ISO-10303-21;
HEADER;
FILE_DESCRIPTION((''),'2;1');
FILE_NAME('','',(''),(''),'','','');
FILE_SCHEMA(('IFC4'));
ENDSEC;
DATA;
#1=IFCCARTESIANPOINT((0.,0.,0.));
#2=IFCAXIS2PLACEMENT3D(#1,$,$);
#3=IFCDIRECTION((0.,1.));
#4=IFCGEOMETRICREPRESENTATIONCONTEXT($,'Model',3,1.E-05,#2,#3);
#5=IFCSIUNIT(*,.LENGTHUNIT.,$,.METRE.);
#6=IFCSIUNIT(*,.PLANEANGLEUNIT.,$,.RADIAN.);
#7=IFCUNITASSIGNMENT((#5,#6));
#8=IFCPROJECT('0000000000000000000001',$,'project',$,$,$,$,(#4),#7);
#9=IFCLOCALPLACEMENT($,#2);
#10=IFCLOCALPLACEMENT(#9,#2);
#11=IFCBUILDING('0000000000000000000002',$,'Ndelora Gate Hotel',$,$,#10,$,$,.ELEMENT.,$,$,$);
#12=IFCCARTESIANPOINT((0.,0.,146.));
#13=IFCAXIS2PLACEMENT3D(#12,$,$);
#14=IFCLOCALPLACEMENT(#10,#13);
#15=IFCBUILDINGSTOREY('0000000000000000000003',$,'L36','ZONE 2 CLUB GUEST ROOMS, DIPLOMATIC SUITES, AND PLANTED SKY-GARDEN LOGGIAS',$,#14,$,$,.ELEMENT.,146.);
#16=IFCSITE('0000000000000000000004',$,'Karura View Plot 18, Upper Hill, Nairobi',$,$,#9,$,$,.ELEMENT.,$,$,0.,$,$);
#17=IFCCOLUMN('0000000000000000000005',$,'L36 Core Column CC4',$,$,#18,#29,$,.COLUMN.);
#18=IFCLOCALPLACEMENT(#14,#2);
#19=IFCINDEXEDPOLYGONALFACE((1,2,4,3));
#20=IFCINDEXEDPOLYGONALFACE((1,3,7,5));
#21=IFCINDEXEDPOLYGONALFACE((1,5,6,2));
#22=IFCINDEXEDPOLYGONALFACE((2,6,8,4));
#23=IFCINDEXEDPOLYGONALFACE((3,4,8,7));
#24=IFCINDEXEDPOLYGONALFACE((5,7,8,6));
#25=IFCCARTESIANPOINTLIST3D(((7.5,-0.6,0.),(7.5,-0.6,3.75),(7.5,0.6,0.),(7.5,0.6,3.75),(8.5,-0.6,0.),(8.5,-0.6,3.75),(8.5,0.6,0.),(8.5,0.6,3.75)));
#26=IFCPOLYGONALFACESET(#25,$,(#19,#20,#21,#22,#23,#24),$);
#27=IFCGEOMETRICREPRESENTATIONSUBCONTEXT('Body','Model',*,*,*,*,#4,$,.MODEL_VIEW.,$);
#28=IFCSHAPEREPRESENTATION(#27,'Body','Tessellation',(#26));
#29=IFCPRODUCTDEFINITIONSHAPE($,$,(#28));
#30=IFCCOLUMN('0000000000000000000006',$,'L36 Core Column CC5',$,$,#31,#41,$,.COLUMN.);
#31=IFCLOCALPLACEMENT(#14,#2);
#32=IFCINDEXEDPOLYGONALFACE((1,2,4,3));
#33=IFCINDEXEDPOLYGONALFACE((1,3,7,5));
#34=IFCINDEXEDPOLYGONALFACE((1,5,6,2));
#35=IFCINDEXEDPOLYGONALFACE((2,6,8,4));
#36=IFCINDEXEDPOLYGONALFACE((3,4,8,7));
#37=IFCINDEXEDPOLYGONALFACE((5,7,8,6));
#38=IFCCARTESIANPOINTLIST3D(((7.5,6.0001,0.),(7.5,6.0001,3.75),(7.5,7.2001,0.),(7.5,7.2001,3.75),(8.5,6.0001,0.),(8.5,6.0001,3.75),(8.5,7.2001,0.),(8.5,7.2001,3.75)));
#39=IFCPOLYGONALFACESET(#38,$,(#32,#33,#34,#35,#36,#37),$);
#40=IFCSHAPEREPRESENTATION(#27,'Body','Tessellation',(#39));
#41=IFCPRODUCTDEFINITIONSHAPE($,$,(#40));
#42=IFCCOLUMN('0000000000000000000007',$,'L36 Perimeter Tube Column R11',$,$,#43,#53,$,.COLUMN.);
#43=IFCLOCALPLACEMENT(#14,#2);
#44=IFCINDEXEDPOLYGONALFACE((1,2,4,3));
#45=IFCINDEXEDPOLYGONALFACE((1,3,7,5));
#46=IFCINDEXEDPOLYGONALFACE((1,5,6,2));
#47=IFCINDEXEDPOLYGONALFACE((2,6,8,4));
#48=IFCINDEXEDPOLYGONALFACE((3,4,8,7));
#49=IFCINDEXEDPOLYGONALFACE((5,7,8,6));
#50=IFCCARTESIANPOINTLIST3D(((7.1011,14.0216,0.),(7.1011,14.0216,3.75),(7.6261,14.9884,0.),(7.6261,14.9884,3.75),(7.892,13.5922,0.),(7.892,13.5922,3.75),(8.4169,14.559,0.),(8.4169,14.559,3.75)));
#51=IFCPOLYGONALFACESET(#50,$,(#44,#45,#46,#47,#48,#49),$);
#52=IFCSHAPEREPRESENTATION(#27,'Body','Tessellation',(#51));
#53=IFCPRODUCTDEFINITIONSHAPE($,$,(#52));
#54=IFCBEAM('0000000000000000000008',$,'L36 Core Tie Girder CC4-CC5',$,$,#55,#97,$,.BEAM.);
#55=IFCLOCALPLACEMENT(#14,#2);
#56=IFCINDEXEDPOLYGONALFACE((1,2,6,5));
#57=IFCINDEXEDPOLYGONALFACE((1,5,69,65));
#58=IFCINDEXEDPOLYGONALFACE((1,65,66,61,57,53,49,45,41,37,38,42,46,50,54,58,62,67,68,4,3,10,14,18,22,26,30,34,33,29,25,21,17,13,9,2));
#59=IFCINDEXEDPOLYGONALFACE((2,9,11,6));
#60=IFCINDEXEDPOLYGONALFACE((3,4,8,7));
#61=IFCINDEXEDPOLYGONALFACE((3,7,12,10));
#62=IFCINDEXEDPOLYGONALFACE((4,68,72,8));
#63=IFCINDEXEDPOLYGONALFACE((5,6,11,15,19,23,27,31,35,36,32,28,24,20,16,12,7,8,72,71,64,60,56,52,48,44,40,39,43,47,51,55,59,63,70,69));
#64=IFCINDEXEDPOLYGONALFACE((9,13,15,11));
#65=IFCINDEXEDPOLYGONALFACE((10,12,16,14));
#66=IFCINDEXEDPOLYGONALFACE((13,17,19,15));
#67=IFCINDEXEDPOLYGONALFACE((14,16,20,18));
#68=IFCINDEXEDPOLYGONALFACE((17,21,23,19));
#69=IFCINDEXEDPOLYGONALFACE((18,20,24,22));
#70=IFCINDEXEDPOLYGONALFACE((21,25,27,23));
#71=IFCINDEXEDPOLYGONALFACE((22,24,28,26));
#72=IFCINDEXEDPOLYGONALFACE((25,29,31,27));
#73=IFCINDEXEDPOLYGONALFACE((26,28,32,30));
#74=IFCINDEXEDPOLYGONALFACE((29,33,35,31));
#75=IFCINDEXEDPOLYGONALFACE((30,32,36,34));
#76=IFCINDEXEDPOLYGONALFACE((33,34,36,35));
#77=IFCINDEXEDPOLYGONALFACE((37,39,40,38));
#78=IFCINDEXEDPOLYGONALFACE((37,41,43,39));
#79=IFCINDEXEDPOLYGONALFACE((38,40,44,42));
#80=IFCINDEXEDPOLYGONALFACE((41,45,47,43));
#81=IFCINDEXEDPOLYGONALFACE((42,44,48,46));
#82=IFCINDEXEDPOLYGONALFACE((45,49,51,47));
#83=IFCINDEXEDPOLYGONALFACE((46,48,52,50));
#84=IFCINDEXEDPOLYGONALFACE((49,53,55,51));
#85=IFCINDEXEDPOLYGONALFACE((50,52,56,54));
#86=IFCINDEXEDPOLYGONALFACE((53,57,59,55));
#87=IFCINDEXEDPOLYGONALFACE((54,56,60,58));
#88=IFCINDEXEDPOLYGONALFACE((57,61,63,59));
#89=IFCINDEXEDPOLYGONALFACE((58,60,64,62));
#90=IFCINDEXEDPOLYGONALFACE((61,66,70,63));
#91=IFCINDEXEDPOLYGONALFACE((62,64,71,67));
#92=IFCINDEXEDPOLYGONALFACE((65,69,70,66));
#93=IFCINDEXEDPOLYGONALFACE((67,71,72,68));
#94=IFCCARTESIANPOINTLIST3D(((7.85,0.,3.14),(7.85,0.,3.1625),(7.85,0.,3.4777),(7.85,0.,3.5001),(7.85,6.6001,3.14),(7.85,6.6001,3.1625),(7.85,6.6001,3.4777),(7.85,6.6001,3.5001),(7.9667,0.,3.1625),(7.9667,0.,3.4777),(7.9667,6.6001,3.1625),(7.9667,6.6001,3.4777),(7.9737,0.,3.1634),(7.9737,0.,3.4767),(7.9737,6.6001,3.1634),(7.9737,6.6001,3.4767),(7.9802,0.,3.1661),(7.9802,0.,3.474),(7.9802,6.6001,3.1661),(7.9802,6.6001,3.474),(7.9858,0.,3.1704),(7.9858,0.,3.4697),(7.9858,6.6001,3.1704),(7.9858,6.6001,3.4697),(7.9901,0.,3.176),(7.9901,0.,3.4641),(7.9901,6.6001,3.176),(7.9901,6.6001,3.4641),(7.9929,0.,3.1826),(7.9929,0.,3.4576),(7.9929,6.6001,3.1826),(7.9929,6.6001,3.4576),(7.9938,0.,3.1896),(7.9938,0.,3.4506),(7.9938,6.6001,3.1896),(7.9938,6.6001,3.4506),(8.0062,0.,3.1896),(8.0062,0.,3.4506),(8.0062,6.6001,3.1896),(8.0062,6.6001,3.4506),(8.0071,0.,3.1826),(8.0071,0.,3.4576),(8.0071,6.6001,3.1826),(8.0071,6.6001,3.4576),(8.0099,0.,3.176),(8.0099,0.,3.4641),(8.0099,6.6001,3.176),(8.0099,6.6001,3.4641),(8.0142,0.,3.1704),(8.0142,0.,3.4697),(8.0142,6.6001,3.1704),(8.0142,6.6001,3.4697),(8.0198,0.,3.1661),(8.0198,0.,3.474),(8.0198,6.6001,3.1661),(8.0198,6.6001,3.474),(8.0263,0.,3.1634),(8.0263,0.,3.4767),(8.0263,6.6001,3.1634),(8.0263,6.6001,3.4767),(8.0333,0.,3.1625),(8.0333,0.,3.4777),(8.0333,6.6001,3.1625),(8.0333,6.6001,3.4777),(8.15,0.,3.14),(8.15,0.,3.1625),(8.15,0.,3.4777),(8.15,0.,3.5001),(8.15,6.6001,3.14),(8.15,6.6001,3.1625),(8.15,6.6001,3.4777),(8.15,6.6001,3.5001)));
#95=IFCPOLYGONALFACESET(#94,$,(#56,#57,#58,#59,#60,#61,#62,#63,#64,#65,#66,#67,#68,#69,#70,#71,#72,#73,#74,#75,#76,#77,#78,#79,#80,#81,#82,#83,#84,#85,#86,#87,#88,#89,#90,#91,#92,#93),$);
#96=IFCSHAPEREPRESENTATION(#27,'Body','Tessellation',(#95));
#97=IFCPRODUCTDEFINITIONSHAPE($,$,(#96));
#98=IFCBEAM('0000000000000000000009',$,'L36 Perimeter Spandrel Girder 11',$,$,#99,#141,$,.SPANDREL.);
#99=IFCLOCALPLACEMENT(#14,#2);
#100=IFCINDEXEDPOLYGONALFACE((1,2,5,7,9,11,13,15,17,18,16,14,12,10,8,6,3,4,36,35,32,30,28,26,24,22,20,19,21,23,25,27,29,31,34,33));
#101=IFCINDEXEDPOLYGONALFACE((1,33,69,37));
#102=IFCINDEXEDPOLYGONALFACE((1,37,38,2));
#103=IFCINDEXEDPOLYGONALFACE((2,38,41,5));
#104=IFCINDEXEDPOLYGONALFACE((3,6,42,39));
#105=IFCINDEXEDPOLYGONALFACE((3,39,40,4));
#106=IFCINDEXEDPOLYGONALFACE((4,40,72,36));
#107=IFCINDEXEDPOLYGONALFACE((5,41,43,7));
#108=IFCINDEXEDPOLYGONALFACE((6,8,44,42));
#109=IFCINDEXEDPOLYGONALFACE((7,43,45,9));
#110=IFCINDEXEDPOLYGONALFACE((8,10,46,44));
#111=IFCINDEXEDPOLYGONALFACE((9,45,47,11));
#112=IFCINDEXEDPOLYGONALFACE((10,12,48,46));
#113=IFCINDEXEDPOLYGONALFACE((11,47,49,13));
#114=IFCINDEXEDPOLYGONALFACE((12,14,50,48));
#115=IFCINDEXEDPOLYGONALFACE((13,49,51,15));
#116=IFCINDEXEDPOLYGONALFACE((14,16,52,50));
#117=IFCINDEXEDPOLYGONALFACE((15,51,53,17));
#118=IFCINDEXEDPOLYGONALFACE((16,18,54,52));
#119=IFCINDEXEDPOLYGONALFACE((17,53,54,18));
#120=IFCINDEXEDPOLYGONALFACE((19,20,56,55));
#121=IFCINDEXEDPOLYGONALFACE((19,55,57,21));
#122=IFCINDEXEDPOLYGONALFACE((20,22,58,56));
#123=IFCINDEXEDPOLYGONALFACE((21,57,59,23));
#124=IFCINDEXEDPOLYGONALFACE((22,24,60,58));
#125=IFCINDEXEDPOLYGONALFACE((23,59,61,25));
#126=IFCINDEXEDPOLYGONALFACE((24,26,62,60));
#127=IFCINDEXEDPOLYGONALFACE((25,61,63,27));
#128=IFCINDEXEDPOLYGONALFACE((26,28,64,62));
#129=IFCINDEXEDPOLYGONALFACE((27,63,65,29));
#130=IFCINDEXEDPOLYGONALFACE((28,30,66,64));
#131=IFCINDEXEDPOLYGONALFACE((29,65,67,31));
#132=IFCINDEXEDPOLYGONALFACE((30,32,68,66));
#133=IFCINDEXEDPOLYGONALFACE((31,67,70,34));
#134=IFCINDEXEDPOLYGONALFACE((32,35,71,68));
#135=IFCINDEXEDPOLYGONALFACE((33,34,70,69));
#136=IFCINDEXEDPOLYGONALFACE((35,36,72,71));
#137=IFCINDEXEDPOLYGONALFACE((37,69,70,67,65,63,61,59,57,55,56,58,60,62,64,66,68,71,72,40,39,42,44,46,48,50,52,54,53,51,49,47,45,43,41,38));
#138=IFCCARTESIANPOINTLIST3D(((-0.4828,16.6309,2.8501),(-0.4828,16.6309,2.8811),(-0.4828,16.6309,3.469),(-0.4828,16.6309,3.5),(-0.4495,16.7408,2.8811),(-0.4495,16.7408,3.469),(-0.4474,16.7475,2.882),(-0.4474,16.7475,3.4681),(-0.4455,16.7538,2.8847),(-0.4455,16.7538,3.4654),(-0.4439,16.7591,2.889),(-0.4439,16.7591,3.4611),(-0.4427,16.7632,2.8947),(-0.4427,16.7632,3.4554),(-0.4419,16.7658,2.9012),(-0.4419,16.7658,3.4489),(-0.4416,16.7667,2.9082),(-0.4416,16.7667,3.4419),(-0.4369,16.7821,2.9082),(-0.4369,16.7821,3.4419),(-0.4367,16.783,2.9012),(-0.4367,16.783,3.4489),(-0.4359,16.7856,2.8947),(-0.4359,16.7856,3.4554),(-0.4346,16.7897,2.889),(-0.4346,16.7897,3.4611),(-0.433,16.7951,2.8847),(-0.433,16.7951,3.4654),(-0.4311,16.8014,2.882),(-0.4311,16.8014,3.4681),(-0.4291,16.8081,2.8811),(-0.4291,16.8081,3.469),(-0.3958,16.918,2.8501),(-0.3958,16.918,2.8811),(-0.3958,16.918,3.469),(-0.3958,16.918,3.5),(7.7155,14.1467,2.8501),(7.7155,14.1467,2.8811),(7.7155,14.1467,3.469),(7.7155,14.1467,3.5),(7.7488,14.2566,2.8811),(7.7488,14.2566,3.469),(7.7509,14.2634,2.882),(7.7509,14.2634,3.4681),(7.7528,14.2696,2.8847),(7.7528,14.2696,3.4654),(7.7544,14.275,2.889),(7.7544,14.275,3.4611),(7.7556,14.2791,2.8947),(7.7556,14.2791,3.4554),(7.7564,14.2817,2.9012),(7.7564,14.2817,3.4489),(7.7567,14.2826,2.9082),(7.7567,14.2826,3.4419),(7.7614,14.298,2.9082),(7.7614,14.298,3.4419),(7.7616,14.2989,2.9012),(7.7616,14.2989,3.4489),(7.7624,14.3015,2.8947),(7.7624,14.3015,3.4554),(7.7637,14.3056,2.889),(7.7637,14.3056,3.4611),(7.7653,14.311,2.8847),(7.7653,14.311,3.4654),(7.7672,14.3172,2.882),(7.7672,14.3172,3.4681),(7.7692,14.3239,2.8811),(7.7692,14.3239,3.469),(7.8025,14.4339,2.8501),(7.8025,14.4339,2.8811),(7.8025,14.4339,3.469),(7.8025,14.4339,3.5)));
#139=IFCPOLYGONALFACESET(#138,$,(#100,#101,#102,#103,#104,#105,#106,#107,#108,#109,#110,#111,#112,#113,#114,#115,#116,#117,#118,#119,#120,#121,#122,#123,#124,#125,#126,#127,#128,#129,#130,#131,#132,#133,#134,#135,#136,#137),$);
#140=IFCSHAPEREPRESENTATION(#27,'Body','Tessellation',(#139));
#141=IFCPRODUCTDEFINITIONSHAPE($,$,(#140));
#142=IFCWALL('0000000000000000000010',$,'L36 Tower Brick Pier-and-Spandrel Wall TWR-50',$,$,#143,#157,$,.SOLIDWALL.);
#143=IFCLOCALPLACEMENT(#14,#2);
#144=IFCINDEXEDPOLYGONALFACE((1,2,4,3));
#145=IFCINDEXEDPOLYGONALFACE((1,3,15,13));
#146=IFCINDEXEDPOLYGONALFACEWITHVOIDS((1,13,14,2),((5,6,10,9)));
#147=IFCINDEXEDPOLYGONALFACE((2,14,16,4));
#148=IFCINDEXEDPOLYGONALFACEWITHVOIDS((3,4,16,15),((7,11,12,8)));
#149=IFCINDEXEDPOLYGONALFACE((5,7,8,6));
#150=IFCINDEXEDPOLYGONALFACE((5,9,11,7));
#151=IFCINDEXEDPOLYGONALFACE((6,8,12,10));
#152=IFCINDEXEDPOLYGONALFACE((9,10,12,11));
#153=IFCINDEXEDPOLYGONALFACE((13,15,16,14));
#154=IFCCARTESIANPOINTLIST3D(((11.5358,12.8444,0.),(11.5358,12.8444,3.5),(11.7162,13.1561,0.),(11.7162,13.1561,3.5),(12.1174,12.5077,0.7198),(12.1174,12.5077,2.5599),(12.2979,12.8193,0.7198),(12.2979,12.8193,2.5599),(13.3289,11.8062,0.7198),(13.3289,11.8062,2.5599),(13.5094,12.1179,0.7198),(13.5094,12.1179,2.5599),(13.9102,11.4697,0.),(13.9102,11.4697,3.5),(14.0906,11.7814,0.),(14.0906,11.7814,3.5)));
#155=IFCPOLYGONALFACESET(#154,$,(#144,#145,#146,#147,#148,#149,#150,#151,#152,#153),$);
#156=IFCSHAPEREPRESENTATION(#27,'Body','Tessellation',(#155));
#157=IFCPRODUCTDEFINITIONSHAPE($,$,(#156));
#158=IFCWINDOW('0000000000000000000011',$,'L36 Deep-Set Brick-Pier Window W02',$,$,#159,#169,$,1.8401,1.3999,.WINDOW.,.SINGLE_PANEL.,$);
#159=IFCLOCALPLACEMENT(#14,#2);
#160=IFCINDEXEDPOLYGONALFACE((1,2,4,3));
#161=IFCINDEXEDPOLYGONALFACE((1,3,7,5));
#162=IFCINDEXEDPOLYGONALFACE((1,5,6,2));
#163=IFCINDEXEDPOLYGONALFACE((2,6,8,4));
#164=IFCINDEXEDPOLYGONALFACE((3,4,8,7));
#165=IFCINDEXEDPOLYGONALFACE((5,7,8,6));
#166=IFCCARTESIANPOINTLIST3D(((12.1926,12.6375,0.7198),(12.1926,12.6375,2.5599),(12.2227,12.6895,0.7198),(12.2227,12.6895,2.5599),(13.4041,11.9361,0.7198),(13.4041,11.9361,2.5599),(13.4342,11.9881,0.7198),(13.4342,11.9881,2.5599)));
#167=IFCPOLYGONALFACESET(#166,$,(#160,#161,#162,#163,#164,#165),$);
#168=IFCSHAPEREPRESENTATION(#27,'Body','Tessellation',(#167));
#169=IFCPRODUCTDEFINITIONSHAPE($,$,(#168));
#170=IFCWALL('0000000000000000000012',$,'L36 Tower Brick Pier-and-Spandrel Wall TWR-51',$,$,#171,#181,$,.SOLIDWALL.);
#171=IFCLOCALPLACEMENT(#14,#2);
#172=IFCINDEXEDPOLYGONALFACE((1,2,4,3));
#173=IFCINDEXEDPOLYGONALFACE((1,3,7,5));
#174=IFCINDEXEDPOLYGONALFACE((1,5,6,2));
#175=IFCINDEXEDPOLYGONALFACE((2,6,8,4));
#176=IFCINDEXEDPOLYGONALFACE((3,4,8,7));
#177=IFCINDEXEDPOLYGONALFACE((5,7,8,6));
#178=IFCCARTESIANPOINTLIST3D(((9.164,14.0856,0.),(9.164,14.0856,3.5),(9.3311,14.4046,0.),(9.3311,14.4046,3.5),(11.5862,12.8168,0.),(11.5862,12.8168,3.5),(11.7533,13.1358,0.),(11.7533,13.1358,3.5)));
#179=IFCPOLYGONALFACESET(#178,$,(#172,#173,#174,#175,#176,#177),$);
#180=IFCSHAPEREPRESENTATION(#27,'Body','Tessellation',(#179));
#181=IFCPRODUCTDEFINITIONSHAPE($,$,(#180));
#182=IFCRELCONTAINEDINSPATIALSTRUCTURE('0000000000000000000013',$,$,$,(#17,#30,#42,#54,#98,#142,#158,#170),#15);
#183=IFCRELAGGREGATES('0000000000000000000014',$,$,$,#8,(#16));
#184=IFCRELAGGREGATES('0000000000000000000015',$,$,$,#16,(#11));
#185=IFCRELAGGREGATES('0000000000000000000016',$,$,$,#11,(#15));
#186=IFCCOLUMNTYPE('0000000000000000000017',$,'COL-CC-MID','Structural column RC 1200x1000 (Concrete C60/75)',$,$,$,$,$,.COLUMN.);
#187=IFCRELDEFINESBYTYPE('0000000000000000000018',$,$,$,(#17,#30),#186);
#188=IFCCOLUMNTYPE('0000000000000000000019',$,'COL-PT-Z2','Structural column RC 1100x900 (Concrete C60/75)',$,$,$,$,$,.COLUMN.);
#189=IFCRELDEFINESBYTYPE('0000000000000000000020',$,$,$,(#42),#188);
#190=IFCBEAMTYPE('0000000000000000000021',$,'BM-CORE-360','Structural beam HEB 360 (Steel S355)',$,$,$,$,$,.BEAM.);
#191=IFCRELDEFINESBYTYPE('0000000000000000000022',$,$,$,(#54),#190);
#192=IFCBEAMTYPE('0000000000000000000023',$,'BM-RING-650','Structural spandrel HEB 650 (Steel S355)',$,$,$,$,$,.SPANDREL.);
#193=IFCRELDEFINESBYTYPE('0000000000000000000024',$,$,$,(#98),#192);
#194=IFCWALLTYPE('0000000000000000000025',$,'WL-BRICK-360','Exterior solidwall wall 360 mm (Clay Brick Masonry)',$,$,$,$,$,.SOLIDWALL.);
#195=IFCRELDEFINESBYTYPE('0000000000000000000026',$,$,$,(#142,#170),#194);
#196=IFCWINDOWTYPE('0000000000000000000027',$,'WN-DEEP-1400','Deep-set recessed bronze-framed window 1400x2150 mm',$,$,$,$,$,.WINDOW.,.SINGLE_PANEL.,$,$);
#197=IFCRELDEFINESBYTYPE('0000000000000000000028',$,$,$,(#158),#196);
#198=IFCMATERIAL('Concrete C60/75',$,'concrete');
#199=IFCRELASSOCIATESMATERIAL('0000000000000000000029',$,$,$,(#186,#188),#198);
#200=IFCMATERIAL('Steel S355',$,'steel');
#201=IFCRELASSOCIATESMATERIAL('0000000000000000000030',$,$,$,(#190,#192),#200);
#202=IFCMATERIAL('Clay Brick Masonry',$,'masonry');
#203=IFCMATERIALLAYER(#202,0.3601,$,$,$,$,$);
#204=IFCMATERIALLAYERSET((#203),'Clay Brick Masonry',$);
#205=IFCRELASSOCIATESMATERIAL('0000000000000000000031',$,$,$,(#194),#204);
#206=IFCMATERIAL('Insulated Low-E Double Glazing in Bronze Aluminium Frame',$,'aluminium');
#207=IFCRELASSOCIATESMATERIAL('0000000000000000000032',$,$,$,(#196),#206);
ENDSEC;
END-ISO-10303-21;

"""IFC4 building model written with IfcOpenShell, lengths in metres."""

from ifc_helpers import new_model, si_unit, direction, frame, frame_2d, origin, origin_2d, place, context, subcontext, project, spatial, rectangle, i_section, extrude, material, layer, layer_set, material_profile, profile_set, type_object, element, fill, save


model = new_model("IFC4")

# Units and contexts
model_context = context("Model", 3, precision=1e-05, world=origin(), true_north=direction((0.0, 1.0)))
body_context = subcontext(model_context, "Body", "Model", "MODEL_VIEW")
ifc_project = project(units=[si_unit("LENGTHUNIT", "METRE"), si_unit("PLANEANGLEUNIT", "RADIAN")], contexts=[model_context])

# Site, building, storey
site_placement = place(None, origin())
site = spatial("IfcSite", under=ifc_project, at=site_placement, Name="Karura View Plot 18, Upper Hill, Nairobi", CompositionType="ELEMENT", RefElevation=0.0)
building_placement = place(site_placement, origin())
building = spatial("IfcBuilding", under=site, at=building_placement, Name="Ndelora Gate Hotel", CompositionType="ELEMENT")
storey_placement = place(building_placement, frame((0.0, 0.0, 146.0)))
storey = spatial("IfcBuildingStorey", under=building, at=storey_placement, Name="L36", Description="ZONE 2 CLUB GUEST ROOMS, DIPLOMATIC SUITES, AND PLANTED SKY-GARDEN LOGGIAS", CompositionType="ELEMENT", Elevation=146.0)

# Columns
ifc_material_1 = material(Name="Concrete C60/75", Category="concrete")
ifc_material_profile_1 = material_profile(ifc_material_1, rectangle(XDim=1.0, YDim=1.2, at=origin_2d()), Name="RC 1200x1000")
ifc_profile_set_1 = profile_set([ifc_material_profile_1], Name="Concrete C60/75")
column_type_1 = type_object("IfcColumnType", Name="COL-CC-MID", Description="Structural column RC 1200x1000 (Concrete C60/75)", PredefinedType="COLUMN", material=ifc_profile_set_1)
for number, where, z_axis, x_axis, name in (
    (1, (8.0, 0.0, 0.0), (0.0, 0.0, 1.0), (1.0, 0.0, 0.0), "L36 Core Column CC4"),
    (2, (8.0, 6.6001, 0.0), (0.0, 0.0, 1.0), (1.0, 0.0, 0.0), "L36 Core Column CC5"),
):
    element("IfcColumn", number, at=place(storey_placement, frame(where, z_axis=z_axis, x_axis=x_axis)), inside=storey, type_object=column_type_1, Name=name, PredefinedType="COLUMN", context=body_context, shape_type="SweptSolid", body=[
        extrude(rectangle(XDim=1.0, YDim=1.2, at=origin_2d()), origin(), (0.0, 0.0, 1.0), 3.75),
    ])
ifc_material_profile_2 = material_profile(ifc_material_1, rectangle(XDim=0.8999, YDim=1.1001, at=origin_2d()), Name="RC 1100x900")
ifc_profile_set_2 = profile_set([ifc_material_profile_2], Name="Concrete C60/75")
column_type_2 = type_object("IfcColumnType", Name="COL-PT-Z2", Description="Structural column RC 1100x900 (Concrete C60/75)", PredefinedType="COLUMN", material=ifc_profile_set_2)
column_placement = place(storey_placement, frame((7.759, 14.2903, 0.0), z_axis=(0.0, 0.0, 1.0), x_axis=(-0.878817, 0.477159, 0.0)))
element("IfcColumn", 3, at=column_placement, inside=storey, type_object=column_type_2, Name="L36 Perimeter Tube Column R11", PredefinedType="COLUMN", context=body_context, shape_type="SweptSolid", body=[
    extrude(rectangle(XDim=0.8999, YDim=1.1001, at=origin_2d()), origin(), (0.0, 0.0, 1.0), 3.75),
])

# Beams
ifc_material_2 = material(Name="Steel S355", Category="steel")
ifc_material_profile_3 = material_profile(ifc_material_2, i_section(OverallWidth=0.3, OverallDepth=0.3601, WebThickness=0.0125, FlangeThickness=0.0225, FilletRadius=0.0271, at=origin_2d()), Name="HEB 360")
ifc_profile_set_3 = profile_set([ifc_material_profile_3], Name="Steel S355")
beam_type_1 = type_object("IfcBeamType", Name="BM-CORE-360", Description="Structural beam HEB 360 (Steel S355)", PredefinedType="BEAM", material=ifc_profile_set_3)
beam_1_placement = place(storey_placement, frame((8.0, 0.0, 3.3201), z_axis=(0.0, 1.0, 0.0), x_axis=(-1.0, 0.0, 0.0)))
element("IfcBeam", 4, at=beam_1_placement, inside=storey, type_object=beam_type_1, Name="L36 Core Tie Girder CC4-CC5", PredefinedType="BEAM", context=body_context, shape_type="SweptSolid", body=[
    extrude(i_section(OverallWidth=0.3, OverallDepth=0.3601, WebThickness=0.0125, FlangeThickness=0.0225, FilletRadius=0.0271, at=origin_2d()), origin(), (0.0, 0.0, 1.0), 6.6001),
])
ifc_material_profile_4 = material_profile(ifc_material_2, i_section(OverallWidth=0.3, OverallDepth=0.6499, WebThickness=0.0161, FlangeThickness=0.031, FilletRadius=0.0271, at=origin_2d()), Name="HEB 650")
ifc_profile_set_4 = profile_set([ifc_material_profile_4], Name="Steel S355")
beam_type_2 = type_object("IfcBeamType", Name="BM-RING-650", Description="Structural spandrel HEB 650 (Steel S355)", PredefinedType="SPANDREL", material=ifc_profile_set_4)
beam_2_placement = place(storey_placement, frame((7.759, 14.2903, 3.175), z_axis=(-0.95703, 0.289988, 0.0), x_axis=(-0.289988, -0.95703, 0.0)))
element("IfcBeam", 5, at=beam_2_placement, inside=storey, type_object=beam_type_2, Name="L36 Perimeter Spandrel Girder 11", PredefinedType="SPANDREL", context=body_context, shape_type="SweptSolid", body=[
    extrude(i_section(OverallWidth=0.3, OverallDepth=0.6499, WebThickness=0.0161, FlangeThickness=0.031, FilletRadius=0.0271, at=origin_2d()), origin(), (0.0, 0.0, 1.0), 8.5664),
])

# Wall, opening, window
ifc_material_3 = material(Name="Clay Brick Masonry", Category="masonry")
ifc_layer_1 = layer(ifc_material_3, 0.3601)
ifc_layer_set_1 = layer_set([ifc_layer_1], Name="Clay Brick Masonry")
wall_type_1 = type_object("IfcWallType", Name="WL-BRICK-360", Description="Exterior solidwall wall 360 mm (Clay Brick Masonry)", PredefinedType="SOLIDWALL", material=ifc_layer_set_1)
wall_1_placement = place(storey_placement, frame((11.626, 13.0002, 0.0), z_axis=(0.0, 0.0, 1.0), x_axis=(0.86542, -0.501047, 0.0)))
wall_1 = element("IfcWall", 6, at=wall_1_placement, inside=storey, type_object=wall_type_1, Name="L36 Tower Brick Pier-and-Spandrel Wall TWR-50", PredefinedType="SOLIDWALL", context=body_context, shape_type="SweptSolid", body=[
    extrude(rectangle(XDim=2.7437, YDim=0.3601, at=frame_2d((1.3718, 0.0))), origin(), (0.0, 0.0, 1.0), 3.5),
])
opening_1_placement = place(wall_1_placement, frame((0.6721, 0.0, 0.72)))
opening_1 = element("IfcOpeningElement", 7, at=opening_1_placement, cuts=wall_1, PredefinedType="OPENING", context=body_context, shape_type="SweptSolid", body=[
    extrude(rectangle(XDim=1.3999, YDim=1.8401, at=frame_2d((0.7, 0.9199))), frame((0.0, 0.1899, 0.0), z_axis=(0.0, -1.0, 0.0), x_axis=(1.0, 0.0, 0.0)), (0.0, 0.0, 1.0), 0.3801),
])
ifc_material_4 = material(Name="Insulated Low-E Double Glazing in Bronze Aluminium Frame", Category="aluminium")
window_type = type_object("IfcWindowType", Name="WN-DEEP-1400", Description="Deep-set recessed bronze-framed window 1400x2150 mm", PartitioningType="SINGLE_PANEL", PredefinedType="WINDOW", material=ifc_material_4)
window_placement = place(opening_1_placement, origin())
window = element("IfcWindow", 8, at=window_placement, inside=storey, type_object=window_type, Name="L36 Deep-Set Brick-Pier Window W02", OverallHeight=1.8401, OverallWidth=1.3999, PartitioningType="SINGLE_PANEL", PredefinedType="WINDOW", context=body_context, shape_type="SweptSolid", body=[
    extrude(rectangle(XDim=1.3999, YDim=1.8401, at=frame_2d((0.7, 0.9199))), frame((0.0, 0.03, 0.0), z_axis=(0.0, -1.0, 0.0), x_axis=(1.0, 0.0, 0.0)), (0.0, 0.0, 1.0), 0.0601),
])
fill(opening_1, window)

# Wall
wall_2_placement = place(storey_placement, frame((9.2476, 14.2451, 0.0), z_axis=(0.0, 0.0, 1.0), x_axis=(0.885821, -0.464027, 0.0)))
element("IfcWall", 9, at=wall_2_placement, inside=storey, type_object=wall_type_1, Name="L36 Tower Brick Pier-and-Spandrel Wall TWR-51", PredefinedType="SOLIDWALL", context=body_context, shape_type="SweptSolid", body=[
    extrude(rectangle(XDim=2.7344, YDim=0.3601, at=frame_2d((1.3672, 0.0))), origin(), (0.0, 0.0, 1.0), 3.5),
])

save(model, "model.ifc")
